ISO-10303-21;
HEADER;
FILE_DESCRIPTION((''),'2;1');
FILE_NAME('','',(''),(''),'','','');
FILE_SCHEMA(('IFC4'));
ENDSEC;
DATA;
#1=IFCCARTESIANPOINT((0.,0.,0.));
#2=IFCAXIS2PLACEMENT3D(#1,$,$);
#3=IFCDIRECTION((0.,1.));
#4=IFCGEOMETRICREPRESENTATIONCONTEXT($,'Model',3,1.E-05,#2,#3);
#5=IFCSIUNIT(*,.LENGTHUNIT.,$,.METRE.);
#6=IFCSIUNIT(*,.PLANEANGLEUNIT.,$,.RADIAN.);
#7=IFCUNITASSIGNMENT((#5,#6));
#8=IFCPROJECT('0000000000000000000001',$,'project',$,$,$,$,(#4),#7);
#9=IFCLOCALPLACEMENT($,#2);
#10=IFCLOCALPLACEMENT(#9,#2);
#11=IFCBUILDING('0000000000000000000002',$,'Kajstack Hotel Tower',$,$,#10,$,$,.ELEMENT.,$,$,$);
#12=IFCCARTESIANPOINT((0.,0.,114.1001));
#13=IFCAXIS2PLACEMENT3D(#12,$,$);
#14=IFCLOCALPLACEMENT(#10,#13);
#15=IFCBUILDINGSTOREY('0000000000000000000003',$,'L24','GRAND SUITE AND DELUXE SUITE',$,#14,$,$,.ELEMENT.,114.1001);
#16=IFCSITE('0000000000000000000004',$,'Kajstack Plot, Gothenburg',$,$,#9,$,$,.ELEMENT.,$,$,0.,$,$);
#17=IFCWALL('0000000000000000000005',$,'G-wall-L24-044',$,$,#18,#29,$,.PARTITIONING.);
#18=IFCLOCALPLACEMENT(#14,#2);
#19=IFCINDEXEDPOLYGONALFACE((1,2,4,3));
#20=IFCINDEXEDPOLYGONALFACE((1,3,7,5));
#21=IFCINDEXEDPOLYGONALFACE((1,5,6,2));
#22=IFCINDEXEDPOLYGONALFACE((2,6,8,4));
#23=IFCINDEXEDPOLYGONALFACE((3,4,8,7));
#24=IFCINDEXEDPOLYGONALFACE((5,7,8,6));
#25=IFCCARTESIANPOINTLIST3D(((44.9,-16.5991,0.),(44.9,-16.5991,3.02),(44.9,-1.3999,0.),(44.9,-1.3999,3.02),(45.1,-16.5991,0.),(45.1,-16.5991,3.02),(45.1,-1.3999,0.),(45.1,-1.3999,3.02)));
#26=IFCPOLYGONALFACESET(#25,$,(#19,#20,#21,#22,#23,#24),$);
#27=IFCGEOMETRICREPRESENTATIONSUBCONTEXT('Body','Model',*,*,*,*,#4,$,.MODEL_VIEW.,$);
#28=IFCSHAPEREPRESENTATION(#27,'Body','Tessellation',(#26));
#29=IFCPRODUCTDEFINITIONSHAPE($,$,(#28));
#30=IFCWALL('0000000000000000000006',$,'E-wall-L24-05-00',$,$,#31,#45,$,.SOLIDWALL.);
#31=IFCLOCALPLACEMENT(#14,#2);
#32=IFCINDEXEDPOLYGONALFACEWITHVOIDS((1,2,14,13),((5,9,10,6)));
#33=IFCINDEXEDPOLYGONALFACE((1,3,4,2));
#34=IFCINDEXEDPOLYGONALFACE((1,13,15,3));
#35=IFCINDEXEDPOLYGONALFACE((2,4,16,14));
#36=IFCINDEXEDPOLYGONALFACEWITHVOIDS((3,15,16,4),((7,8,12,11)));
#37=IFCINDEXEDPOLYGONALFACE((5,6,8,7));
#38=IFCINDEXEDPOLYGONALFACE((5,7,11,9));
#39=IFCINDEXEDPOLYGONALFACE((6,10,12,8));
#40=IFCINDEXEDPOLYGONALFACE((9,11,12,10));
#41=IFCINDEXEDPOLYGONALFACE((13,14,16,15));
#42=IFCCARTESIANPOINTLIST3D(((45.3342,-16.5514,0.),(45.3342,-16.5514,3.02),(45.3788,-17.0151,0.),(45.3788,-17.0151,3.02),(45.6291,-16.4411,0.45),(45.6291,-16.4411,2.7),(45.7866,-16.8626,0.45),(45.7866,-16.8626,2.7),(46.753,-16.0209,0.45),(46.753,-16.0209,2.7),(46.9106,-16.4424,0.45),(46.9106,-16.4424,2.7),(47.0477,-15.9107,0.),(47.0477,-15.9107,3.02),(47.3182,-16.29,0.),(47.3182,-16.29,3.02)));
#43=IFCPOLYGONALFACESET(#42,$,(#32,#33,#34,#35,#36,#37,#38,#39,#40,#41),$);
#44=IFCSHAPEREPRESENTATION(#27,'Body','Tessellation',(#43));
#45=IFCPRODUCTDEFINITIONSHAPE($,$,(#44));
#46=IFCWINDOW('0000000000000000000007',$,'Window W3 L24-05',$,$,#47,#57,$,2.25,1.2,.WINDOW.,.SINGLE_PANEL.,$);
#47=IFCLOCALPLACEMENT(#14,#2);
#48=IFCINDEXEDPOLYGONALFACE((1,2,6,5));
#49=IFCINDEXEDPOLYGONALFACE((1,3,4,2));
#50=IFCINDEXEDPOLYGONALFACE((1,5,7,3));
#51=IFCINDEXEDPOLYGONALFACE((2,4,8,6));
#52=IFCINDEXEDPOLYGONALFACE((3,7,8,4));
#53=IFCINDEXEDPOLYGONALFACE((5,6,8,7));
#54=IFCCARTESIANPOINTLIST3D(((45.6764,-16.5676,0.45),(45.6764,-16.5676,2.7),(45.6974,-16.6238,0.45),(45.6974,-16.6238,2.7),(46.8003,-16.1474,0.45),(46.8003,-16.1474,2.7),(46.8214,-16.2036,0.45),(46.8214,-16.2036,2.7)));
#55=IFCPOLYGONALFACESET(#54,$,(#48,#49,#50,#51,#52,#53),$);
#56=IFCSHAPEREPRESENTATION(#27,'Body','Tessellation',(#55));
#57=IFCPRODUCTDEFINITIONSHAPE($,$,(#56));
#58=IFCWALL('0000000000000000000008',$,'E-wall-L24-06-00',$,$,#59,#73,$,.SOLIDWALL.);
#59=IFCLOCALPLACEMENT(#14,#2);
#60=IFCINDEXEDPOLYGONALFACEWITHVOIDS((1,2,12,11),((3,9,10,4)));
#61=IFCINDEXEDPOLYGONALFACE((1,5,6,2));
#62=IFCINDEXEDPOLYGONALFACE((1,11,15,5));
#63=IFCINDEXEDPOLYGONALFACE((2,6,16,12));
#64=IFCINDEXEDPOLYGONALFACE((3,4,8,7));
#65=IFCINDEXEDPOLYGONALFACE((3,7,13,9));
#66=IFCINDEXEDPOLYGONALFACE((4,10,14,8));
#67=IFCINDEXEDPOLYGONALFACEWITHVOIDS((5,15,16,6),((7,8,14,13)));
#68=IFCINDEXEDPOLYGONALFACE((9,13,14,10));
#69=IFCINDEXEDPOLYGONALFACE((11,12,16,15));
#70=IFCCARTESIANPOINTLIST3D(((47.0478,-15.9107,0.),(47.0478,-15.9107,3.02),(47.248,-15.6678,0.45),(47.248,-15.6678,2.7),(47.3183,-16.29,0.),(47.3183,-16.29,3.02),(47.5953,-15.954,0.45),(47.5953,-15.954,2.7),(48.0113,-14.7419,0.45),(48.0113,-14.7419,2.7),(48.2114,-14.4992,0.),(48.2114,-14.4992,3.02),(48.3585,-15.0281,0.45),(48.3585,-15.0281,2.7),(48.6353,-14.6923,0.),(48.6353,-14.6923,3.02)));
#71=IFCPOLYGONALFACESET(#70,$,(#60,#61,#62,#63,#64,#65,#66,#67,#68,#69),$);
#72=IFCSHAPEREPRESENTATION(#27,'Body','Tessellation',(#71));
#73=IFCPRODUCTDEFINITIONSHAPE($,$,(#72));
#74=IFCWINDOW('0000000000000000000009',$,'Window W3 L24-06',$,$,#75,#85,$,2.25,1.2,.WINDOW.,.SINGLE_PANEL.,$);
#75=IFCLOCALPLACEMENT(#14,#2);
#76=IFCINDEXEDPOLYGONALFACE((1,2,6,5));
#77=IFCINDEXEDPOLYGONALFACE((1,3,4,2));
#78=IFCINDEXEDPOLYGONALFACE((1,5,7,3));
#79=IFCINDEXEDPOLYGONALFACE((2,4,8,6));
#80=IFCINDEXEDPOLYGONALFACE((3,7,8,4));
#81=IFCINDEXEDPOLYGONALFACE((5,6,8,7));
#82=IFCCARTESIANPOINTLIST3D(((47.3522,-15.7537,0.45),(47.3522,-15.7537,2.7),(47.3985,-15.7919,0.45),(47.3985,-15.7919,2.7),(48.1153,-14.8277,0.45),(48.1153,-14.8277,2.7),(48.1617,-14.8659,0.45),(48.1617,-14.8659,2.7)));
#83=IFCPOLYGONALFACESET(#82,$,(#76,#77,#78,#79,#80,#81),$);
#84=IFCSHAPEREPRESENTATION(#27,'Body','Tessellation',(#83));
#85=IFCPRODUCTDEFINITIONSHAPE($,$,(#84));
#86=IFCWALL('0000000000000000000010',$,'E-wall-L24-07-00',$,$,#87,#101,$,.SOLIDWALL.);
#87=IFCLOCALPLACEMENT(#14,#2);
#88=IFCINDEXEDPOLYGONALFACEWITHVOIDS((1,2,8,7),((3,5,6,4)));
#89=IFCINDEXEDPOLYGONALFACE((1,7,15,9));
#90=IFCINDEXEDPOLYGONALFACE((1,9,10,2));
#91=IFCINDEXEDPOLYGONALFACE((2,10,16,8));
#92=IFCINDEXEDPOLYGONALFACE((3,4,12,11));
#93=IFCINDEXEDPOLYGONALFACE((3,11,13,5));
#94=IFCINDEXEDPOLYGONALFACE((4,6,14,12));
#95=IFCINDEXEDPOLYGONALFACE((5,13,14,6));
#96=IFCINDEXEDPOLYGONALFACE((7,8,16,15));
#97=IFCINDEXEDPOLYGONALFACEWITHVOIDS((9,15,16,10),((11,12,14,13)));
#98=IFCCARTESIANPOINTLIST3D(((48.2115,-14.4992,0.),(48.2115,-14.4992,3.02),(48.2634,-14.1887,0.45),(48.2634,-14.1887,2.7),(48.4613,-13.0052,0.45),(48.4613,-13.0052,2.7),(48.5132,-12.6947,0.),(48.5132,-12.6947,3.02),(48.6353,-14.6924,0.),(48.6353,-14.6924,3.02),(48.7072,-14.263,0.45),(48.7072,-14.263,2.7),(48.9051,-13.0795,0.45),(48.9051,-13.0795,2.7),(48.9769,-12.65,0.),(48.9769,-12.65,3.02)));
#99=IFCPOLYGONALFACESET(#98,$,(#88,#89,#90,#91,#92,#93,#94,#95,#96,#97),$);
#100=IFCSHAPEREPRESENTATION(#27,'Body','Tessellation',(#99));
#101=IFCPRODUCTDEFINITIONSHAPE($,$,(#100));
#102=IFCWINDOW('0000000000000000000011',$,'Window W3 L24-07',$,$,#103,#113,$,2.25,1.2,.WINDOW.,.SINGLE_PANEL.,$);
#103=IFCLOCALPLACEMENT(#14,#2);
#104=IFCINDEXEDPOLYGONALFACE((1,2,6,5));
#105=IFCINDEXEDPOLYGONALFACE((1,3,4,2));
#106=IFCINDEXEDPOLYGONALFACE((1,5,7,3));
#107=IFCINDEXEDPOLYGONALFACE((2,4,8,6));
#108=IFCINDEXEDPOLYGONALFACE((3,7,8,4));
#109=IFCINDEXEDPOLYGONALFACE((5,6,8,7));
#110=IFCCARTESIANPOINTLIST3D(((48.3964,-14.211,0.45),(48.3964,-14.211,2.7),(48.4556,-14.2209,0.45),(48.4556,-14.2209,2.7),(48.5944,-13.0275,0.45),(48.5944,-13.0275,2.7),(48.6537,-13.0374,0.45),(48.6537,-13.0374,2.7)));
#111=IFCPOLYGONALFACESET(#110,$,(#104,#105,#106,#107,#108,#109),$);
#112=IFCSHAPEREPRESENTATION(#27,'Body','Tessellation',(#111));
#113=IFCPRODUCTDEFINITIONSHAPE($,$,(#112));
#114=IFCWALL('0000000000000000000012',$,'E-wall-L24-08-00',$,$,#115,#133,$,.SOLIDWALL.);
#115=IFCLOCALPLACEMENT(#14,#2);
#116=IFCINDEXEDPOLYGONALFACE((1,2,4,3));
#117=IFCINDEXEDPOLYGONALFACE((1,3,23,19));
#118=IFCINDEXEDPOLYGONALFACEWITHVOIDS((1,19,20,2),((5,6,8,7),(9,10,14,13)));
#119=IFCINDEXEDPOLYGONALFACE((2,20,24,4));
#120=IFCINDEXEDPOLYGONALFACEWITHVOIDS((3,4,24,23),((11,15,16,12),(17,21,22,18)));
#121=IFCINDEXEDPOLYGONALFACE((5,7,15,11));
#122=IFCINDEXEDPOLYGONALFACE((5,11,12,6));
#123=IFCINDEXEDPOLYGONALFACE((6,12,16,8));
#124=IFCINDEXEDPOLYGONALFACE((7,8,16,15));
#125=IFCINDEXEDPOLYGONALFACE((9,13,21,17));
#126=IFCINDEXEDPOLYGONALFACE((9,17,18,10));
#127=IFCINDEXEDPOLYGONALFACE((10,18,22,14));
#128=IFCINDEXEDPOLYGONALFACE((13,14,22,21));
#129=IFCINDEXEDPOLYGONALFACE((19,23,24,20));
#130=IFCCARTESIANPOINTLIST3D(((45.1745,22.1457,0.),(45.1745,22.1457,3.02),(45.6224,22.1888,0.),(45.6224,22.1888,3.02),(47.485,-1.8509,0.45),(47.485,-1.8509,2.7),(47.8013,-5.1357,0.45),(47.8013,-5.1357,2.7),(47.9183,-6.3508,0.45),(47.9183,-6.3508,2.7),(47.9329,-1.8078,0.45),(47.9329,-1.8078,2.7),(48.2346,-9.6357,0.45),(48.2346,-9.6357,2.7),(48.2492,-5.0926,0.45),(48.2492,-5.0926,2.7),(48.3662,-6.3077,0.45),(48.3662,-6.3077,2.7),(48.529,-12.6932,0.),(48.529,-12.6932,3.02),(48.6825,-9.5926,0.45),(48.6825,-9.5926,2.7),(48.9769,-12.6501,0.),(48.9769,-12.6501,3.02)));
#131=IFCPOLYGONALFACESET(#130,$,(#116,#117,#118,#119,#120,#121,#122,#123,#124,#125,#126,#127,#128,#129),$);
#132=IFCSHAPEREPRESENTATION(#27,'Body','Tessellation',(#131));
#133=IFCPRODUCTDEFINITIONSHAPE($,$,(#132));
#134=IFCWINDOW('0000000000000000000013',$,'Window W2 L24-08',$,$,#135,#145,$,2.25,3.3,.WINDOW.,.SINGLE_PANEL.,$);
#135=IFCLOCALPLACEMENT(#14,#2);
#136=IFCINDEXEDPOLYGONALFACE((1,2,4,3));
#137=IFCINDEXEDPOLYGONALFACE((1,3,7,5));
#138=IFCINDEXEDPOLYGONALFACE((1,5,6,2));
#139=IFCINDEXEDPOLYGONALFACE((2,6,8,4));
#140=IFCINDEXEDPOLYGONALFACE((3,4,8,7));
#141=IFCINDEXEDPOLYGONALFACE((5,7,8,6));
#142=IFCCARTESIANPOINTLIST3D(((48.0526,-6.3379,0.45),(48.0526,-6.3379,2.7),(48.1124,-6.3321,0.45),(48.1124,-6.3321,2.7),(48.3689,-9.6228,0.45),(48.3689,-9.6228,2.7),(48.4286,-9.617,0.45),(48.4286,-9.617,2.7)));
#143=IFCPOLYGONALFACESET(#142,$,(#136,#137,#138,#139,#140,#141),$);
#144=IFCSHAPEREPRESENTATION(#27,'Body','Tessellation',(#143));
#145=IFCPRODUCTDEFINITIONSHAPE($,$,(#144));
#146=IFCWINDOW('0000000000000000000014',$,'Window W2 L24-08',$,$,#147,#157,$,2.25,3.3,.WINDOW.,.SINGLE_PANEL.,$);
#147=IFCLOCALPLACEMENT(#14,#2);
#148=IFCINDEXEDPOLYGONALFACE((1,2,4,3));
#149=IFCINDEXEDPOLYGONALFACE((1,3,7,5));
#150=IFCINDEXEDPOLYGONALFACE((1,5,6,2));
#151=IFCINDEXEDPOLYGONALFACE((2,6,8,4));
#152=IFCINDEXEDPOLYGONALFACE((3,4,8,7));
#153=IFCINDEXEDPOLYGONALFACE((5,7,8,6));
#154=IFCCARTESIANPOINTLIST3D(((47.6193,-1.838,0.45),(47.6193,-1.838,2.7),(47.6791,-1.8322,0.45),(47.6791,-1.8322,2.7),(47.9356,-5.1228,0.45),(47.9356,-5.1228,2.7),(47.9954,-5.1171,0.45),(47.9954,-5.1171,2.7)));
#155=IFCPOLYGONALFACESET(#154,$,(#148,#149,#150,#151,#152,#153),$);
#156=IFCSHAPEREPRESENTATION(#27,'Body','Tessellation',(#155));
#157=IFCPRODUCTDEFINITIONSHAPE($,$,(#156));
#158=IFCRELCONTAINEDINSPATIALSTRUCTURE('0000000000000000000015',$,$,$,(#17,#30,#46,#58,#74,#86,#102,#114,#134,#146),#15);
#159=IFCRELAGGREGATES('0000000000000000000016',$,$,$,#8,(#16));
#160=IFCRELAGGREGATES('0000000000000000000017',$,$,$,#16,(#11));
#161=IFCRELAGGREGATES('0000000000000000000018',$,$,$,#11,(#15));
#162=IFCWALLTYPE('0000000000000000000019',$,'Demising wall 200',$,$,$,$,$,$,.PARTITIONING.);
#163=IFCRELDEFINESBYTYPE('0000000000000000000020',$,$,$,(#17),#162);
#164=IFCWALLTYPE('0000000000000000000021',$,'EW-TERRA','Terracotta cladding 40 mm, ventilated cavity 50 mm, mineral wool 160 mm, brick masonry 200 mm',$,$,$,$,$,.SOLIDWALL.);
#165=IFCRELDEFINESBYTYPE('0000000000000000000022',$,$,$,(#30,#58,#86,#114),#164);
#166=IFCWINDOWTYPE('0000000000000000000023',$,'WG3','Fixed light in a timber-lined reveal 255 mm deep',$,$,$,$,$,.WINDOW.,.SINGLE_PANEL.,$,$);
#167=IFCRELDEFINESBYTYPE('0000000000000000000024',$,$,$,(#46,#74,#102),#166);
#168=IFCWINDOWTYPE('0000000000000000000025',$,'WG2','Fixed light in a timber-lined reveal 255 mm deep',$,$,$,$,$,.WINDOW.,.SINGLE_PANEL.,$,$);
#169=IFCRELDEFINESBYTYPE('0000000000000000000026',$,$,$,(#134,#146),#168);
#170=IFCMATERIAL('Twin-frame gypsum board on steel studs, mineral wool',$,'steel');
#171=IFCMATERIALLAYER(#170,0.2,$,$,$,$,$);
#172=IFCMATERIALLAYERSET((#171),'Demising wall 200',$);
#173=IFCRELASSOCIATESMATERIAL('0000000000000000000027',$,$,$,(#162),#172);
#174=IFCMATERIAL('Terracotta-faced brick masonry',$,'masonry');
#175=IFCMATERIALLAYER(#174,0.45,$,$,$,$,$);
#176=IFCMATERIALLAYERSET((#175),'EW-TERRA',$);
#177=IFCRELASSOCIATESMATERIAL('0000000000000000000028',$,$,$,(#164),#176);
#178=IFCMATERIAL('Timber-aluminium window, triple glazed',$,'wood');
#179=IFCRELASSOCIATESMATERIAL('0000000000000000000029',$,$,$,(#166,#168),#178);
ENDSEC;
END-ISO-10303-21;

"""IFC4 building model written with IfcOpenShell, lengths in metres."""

from ifc_helpers import new_model, si_unit, direction, frame, frame_2d, origin, place, context, subcontext, project, spatial, polyline, rectangle, outline, extrude, material, layer, layer_set, type_object, element, fill, save


model = new_model("IFC4")

# Units and contexts
model_context = context("Model", 3, precision=1e-05, world=origin(), true_north=direction((0.0, 1.0)))
body_context = subcontext(model_context, "Body", "Model", "MODEL_VIEW")
ifc_project = project(units=[si_unit("LENGTHUNIT", "METRE"), si_unit("PLANEANGLEUNIT", "RADIAN")], contexts=[model_context])

# Site, building, storey
site_placement = place(None, origin())
site = spatial("IfcSite", under=ifc_project, at=site_placement, Name="Kajstack Plot, Gothenburg", CompositionType="ELEMENT", RefElevation=0.0)
building_placement = place(site_placement, origin())
building = spatial("IfcBuilding", under=site, at=building_placement, Name="Kajstack Hotel Tower", CompositionType="ELEMENT")
storey_placement = place(building_placement, frame((0.0, 0.0, 114.1001)))
storey = spatial("IfcBuildingStorey", under=building, at=storey_placement, Name="L24", Description="GRAND SUITE AND DELUXE SUITE", CompositionType="ELEMENT", Elevation=114.1001)

# Wall
ifc_material_1 = material(Name="Twin-frame gypsum board on steel studs, mineral wool", Category="steel")
ifc_layer_1 = layer(ifc_material_1, 0.2)
ifc_layer_set_1 = layer_set([ifc_layer_1], Name="Demising wall 200")
wall_type_1 = type_object("IfcWallType", Name="Demising wall 200", PredefinedType="PARTITIONING", material=ifc_layer_set_1)
wall_1_placement = place(storey_placement, frame((45.0, -16.5991, 0.0), z_axis=(0.0, 0.0, 1.0), x_axis=(0.0, 1.0, 0.0)))
element("IfcWall", 1, at=wall_1_placement, inside=storey, type_object=wall_type_1, Name="G-wall-L24-044", PredefinedType="PARTITIONING", context=body_context, shape_type="SweptSolid", body=[
    extrude(rectangle(XDim=15.1992, YDim=0.2, at=frame_2d((7.5996, 0.0))), origin(), (0.0, 0.0, 1.0), 3.02),
])

# Walls, openings, windows
ifc_material_2 = material(Name="Terracotta-faced brick masonry", Category="masonry")
ifc_layer_2 = layer(ifc_material_2, 0.45)
ifc_layer_set_2 = layer_set([ifc_layer_2], Name="EW-TERRA")
wall_type_2 = type_object("IfcWallType", Name="EW-TERRA", Description="Terracotta cladding 40 mm, ventilated cavity 50 mm, mineral wool 160 mm, brick masonry 200 mm", PredefinedType="SOLIDWALL", material=ifc_layer_set_2)
wall_2_placement = place(storey_placement, frame((45.3, -16.8044, 0.0), z_axis=(0.0, 0.0, 1.0), x_axis=(0.936678, 0.350193, 0.0)))
wall_2 = element("IfcWall", 2, at=wall_2_placement, inside=storey, type_object=wall_type_2, Name="E-wall-L24-05-00", PredefinedType="SOLIDWALL", context=body_context, shape_type="SweptSolid", body=[
    extrude(outline(polyline([(0.0, -0.2249), (2.0706, -0.2249), (1.95, 0.2251), (0.1206, 0.2251), (0.0, -0.2249)])), origin(), (0.0, 0.0, 1.0), 3.02),
])
opening_1_placement = place(wall_2_placement, frame((0.4353, 0.0, 0.45)))
opening_1 = element("IfcOpeningElement", 3, at=opening_1_placement, cuts=wall_2, PredefinedType="OPENING", context=body_context, shape_type="SweptSolid", body=[
    extrude(rectangle(XDim=1.2, YDim=2.25, at=frame_2d((0.6001, 1.125))), frame((0.0, 0.2349, 0.0), z_axis=(0.0, -1.0, 0.0), x_axis=(1.0, 0.0, 0.0)), (0.0, 0.0, 1.0), 0.47),
])
ifc_material_3 = material(Name="Timber-aluminium window, triple glazed", Category="wood")
window_type_1 = type_object("IfcWindowType", Name="WG3", Description="Fixed light in a timber-lined reveal 255 mm deep", PartitioningType="SINGLE_PANEL", PredefinedType="WINDOW", material=ifc_material_3)
window_1_placement = place(opening_1_placement, origin())
window_1 = element("IfcWindow", 4, at=window_1_placement, inside=storey, type_object=window_type_1, Name="Window W3 L24-05", OverallHeight=2.25, OverallWidth=1.2, PartitioningType="SINGLE_PANEL", PredefinedType="WINDOW", context=body_context, shape_type="SweptSolid", body=[
    extrude(rectangle(XDim=1.2, YDim=2.25, at=frame_2d((0.6001, 1.125))), frame((0.0, 0.0901, 0.0), z_axis=(0.0, -1.0, 0.0), x_axis=(1.0, 0.0, 0.0)), (0.0, 0.0, 1.0), 0.0601),
])
fill(opening_1, window_1)
wall_3_placement = place(storey_placement, frame((47.1448, -16.147, 0.0), z_axis=(0.0, 0.0, 1.0), x_axis=(0.635988, 0.771699, 0.0)))
wall_3 = element("IfcWall", 5, at=wall_3_placement, inside=storey, type_object=wall_type_2, Name="E-wall-L24-06-00", PredefinedType="SOLIDWALL", context=body_context, shape_type="SweptSolid", body=[
    extrude(outline(polyline([(0.0, -0.2249), (2.0706, -0.2251), (1.95, 0.2249), (0.1206, 0.2251), (0.0, -0.2249)])), origin(), (0.0, 0.0, 1.0), 3.02),
])
opening_2_placement = place(wall_3_placement, frame((0.4353, 0.0, 0.45)))
opening_2 = element("IfcOpeningElement", 6, at=opening_2_placement, cuts=wall_3, PredefinedType="OPENING", context=body_context, shape_type="SweptSolid", body=[
    extrude(rectangle(XDim=1.2, YDim=2.25, at=frame_2d((0.6001, 1.125))), frame((0.0, 0.2349, 0.0), z_axis=(0.0, -1.0, 0.0), x_axis=(1.0, 0.0, 0.0)), (0.0, 0.0, 1.0), 0.47),
])
window_2_placement = place(opening_2_placement, origin())
window_2 = element("IfcWindow", 7, at=window_2_placement, inside=storey, type_object=window_type_1, Name="Window W3 L24-06", OverallHeight=2.25, OverallWidth=1.2, PartitioningType="SINGLE_PANEL", PredefinedType="WINDOW", context=body_context, shape_type="SweptSolid", body=[
    extrude(rectangle(XDim=1.2, YDim=2.25, at=frame_2d((0.6001, 1.125))), frame((0.0, 0.0901, 0.0), z_axis=(0.0, -1.0, 0.0), x_axis=(1.0, 0.0, 0.0)), (0.0, 0.0, 1.0), 0.0601),
])
fill(opening_2, window_2)
wall_4_placement = place(storey_placement, frame((48.4133, -14.6553, 0.0), z_axis=(0.0, 0.0, 1.0), x_axis=(0.165068, 0.986282, 0.0)))
wall_4 = element("IfcWall", 8, at=wall_4_placement, inside=storey, type_object=wall_type_2, Name="E-wall-L24-07-00", PredefinedType="SOLIDWALL", context=body_context, shape_type="SweptSolid", body=[
    extrude(outline(polyline([(0.0, -0.2251), (2.0708, -0.2249), (1.9502, 0.2251), (0.1206, 0.2249), (0.0, -0.2251)])), origin(), (0.0, 0.0, 1.0), 3.02),
])
opening_3_placement = place(wall_4_placement, frame((0.4353, 0.0, 0.45)))
opening_3 = element("IfcOpeningElement", 9, at=opening_3_placement, cuts=wall_4, PredefinedType="OPENING", context=body_context, shape_type="SweptSolid", body=[
    extrude(rectangle(XDim=1.2, YDim=2.25, at=frame_2d((0.6001, 1.125))), frame((0.0, 0.2349, 0.0), z_axis=(0.0, -1.0, 0.0), x_axis=(1.0, 0.0, 0.0)), (0.0, 0.0, 1.0), 0.47),
])
window_3_placement = place(opening_3_placement, origin())
window_3 = element("IfcWindow", 10, at=window_3_placement, inside=storey, type_object=window_type_1, Name="Window W3 L24-07", OverallHeight=2.25, OverallWidth=1.2, PartitioningType="SINGLE_PANEL", PredefinedType="WINDOW", context=body_context, shape_type="SweptSolid", body=[
    extrude(rectangle(XDim=1.2, YDim=2.25, at=frame_2d((0.6001, 1.125))), frame((0.0, 0.0901, 0.0), z_axis=(0.0, -1.0, 0.0), x_axis=(1.0, 0.0, 0.0)), (0.0, 0.0, 1.0), 0.0601),
])
fill(opening_3, window_3)

# Wall, openings, windows
wall_5_placement = place(storey_placement, frame((48.7529, -12.6716, 0.0), z_axis=(0.0, 0.0, 1.0), x_axis=(-0.095843, 0.995396, 0.0)))
wall_5 = element("IfcWall", 11, at=wall_5_placement, inside=storey, type_object=wall_type_2, Name="E-wall-L24-08-00", PredefinedType="SOLIDWALL", context=body_context, shape_type="SweptSolid", body=[
    extrude(rectangle(XDim=35.0, YDim=0.45, at=frame_2d((17.5, 0.0))), origin(), (0.0, 0.0, 1.0), 3.02),
])
opening_4_placement = place(wall_5_placement, frame((3.0718, 0.0, 0.45)))
opening_4 = element("IfcOpeningElement", 12, at=opening_4_placement, cuts=wall_5, PredefinedType="OPENING", context=body_context, shape_type="SweptSolid", body=[
    extrude(rectangle(XDim=3.3, YDim=2.25, at=frame_2d((1.6499, 1.125))), frame((0.0, 0.2349, 0.0), z_axis=(0.0, -1.0, 0.0), x_axis=(1.0, 0.0, 0.0)), (0.0, 0.0, 1.0), 0.47),
])
opening_5_placement = place(wall_5_placement, frame((7.5925, 0.0, 0.45)))
opening_5 = element("IfcOpeningElement", 13, at=opening_5_placement, cuts=wall_5, PredefinedType="OPENING", context=body_context, shape_type="SweptSolid", body=[
    extrude(rectangle(XDim=3.3, YDim=2.25, at=frame_2d((1.6499, 1.125))), frame((0.0, 0.2349, 0.0), z_axis=(0.0, -1.0, 0.0), x_axis=(1.0, 0.0, 0.0)), (0.0, 0.0, 1.0), 0.47),
])
window_type_2 = type_object("IfcWindowType", Name="WG2", Description="Fixed light in a timber-lined reveal 255 mm deep", PartitioningType="SINGLE_PANEL", PredefinedType="WINDOW", material=ifc_material_3)
window_4_placement = place(opening_4_placement, origin())
window_4 = element("IfcWindow", 14, at=window_4_placement, inside=storey, type_object=window_type_2, Name="Window W2 L24-08", OverallHeight=2.25, OverallWidth=3.3, PartitioningType="SINGLE_PANEL", PredefinedType="WINDOW", context=body_context, shape_type="SweptSolid", body=[
    extrude(rectangle(XDim=3.3, YDim=2.25, at=frame_2d((1.6499, 1.125))), frame((0.0, 0.0901, 0.0), z_axis=(0.0, -1.0, 0.0), x_axis=(1.0, 0.0, 0.0)), (0.0, 0.0, 1.0), 0.0601),
])
fill(opening_4, window_4)
window_5_placement = place(opening_5_placement, origin())
window_5 = element("IfcWindow", 15, at=window_5_placement, inside=storey, type_object=window_type_2, Name="Window W2 L24-08", OverallHeight=2.25, OverallWidth=3.3, PartitioningType="SINGLE_PANEL", PredefinedType="WINDOW", context=body_context, shape_type="SweptSolid", body=[
    extrude(rectangle(XDim=3.3, YDim=2.25, at=frame_2d((1.6499, 1.125))), frame((0.0, 0.0901, 0.0), z_axis=(0.0, -1.0, 0.0), x_axis=(1.0, 0.0, 0.0)), (0.0, 0.0, 1.0), 0.0601),
])
fill(opening_5, window_5)

save(model, "model.ifc")
